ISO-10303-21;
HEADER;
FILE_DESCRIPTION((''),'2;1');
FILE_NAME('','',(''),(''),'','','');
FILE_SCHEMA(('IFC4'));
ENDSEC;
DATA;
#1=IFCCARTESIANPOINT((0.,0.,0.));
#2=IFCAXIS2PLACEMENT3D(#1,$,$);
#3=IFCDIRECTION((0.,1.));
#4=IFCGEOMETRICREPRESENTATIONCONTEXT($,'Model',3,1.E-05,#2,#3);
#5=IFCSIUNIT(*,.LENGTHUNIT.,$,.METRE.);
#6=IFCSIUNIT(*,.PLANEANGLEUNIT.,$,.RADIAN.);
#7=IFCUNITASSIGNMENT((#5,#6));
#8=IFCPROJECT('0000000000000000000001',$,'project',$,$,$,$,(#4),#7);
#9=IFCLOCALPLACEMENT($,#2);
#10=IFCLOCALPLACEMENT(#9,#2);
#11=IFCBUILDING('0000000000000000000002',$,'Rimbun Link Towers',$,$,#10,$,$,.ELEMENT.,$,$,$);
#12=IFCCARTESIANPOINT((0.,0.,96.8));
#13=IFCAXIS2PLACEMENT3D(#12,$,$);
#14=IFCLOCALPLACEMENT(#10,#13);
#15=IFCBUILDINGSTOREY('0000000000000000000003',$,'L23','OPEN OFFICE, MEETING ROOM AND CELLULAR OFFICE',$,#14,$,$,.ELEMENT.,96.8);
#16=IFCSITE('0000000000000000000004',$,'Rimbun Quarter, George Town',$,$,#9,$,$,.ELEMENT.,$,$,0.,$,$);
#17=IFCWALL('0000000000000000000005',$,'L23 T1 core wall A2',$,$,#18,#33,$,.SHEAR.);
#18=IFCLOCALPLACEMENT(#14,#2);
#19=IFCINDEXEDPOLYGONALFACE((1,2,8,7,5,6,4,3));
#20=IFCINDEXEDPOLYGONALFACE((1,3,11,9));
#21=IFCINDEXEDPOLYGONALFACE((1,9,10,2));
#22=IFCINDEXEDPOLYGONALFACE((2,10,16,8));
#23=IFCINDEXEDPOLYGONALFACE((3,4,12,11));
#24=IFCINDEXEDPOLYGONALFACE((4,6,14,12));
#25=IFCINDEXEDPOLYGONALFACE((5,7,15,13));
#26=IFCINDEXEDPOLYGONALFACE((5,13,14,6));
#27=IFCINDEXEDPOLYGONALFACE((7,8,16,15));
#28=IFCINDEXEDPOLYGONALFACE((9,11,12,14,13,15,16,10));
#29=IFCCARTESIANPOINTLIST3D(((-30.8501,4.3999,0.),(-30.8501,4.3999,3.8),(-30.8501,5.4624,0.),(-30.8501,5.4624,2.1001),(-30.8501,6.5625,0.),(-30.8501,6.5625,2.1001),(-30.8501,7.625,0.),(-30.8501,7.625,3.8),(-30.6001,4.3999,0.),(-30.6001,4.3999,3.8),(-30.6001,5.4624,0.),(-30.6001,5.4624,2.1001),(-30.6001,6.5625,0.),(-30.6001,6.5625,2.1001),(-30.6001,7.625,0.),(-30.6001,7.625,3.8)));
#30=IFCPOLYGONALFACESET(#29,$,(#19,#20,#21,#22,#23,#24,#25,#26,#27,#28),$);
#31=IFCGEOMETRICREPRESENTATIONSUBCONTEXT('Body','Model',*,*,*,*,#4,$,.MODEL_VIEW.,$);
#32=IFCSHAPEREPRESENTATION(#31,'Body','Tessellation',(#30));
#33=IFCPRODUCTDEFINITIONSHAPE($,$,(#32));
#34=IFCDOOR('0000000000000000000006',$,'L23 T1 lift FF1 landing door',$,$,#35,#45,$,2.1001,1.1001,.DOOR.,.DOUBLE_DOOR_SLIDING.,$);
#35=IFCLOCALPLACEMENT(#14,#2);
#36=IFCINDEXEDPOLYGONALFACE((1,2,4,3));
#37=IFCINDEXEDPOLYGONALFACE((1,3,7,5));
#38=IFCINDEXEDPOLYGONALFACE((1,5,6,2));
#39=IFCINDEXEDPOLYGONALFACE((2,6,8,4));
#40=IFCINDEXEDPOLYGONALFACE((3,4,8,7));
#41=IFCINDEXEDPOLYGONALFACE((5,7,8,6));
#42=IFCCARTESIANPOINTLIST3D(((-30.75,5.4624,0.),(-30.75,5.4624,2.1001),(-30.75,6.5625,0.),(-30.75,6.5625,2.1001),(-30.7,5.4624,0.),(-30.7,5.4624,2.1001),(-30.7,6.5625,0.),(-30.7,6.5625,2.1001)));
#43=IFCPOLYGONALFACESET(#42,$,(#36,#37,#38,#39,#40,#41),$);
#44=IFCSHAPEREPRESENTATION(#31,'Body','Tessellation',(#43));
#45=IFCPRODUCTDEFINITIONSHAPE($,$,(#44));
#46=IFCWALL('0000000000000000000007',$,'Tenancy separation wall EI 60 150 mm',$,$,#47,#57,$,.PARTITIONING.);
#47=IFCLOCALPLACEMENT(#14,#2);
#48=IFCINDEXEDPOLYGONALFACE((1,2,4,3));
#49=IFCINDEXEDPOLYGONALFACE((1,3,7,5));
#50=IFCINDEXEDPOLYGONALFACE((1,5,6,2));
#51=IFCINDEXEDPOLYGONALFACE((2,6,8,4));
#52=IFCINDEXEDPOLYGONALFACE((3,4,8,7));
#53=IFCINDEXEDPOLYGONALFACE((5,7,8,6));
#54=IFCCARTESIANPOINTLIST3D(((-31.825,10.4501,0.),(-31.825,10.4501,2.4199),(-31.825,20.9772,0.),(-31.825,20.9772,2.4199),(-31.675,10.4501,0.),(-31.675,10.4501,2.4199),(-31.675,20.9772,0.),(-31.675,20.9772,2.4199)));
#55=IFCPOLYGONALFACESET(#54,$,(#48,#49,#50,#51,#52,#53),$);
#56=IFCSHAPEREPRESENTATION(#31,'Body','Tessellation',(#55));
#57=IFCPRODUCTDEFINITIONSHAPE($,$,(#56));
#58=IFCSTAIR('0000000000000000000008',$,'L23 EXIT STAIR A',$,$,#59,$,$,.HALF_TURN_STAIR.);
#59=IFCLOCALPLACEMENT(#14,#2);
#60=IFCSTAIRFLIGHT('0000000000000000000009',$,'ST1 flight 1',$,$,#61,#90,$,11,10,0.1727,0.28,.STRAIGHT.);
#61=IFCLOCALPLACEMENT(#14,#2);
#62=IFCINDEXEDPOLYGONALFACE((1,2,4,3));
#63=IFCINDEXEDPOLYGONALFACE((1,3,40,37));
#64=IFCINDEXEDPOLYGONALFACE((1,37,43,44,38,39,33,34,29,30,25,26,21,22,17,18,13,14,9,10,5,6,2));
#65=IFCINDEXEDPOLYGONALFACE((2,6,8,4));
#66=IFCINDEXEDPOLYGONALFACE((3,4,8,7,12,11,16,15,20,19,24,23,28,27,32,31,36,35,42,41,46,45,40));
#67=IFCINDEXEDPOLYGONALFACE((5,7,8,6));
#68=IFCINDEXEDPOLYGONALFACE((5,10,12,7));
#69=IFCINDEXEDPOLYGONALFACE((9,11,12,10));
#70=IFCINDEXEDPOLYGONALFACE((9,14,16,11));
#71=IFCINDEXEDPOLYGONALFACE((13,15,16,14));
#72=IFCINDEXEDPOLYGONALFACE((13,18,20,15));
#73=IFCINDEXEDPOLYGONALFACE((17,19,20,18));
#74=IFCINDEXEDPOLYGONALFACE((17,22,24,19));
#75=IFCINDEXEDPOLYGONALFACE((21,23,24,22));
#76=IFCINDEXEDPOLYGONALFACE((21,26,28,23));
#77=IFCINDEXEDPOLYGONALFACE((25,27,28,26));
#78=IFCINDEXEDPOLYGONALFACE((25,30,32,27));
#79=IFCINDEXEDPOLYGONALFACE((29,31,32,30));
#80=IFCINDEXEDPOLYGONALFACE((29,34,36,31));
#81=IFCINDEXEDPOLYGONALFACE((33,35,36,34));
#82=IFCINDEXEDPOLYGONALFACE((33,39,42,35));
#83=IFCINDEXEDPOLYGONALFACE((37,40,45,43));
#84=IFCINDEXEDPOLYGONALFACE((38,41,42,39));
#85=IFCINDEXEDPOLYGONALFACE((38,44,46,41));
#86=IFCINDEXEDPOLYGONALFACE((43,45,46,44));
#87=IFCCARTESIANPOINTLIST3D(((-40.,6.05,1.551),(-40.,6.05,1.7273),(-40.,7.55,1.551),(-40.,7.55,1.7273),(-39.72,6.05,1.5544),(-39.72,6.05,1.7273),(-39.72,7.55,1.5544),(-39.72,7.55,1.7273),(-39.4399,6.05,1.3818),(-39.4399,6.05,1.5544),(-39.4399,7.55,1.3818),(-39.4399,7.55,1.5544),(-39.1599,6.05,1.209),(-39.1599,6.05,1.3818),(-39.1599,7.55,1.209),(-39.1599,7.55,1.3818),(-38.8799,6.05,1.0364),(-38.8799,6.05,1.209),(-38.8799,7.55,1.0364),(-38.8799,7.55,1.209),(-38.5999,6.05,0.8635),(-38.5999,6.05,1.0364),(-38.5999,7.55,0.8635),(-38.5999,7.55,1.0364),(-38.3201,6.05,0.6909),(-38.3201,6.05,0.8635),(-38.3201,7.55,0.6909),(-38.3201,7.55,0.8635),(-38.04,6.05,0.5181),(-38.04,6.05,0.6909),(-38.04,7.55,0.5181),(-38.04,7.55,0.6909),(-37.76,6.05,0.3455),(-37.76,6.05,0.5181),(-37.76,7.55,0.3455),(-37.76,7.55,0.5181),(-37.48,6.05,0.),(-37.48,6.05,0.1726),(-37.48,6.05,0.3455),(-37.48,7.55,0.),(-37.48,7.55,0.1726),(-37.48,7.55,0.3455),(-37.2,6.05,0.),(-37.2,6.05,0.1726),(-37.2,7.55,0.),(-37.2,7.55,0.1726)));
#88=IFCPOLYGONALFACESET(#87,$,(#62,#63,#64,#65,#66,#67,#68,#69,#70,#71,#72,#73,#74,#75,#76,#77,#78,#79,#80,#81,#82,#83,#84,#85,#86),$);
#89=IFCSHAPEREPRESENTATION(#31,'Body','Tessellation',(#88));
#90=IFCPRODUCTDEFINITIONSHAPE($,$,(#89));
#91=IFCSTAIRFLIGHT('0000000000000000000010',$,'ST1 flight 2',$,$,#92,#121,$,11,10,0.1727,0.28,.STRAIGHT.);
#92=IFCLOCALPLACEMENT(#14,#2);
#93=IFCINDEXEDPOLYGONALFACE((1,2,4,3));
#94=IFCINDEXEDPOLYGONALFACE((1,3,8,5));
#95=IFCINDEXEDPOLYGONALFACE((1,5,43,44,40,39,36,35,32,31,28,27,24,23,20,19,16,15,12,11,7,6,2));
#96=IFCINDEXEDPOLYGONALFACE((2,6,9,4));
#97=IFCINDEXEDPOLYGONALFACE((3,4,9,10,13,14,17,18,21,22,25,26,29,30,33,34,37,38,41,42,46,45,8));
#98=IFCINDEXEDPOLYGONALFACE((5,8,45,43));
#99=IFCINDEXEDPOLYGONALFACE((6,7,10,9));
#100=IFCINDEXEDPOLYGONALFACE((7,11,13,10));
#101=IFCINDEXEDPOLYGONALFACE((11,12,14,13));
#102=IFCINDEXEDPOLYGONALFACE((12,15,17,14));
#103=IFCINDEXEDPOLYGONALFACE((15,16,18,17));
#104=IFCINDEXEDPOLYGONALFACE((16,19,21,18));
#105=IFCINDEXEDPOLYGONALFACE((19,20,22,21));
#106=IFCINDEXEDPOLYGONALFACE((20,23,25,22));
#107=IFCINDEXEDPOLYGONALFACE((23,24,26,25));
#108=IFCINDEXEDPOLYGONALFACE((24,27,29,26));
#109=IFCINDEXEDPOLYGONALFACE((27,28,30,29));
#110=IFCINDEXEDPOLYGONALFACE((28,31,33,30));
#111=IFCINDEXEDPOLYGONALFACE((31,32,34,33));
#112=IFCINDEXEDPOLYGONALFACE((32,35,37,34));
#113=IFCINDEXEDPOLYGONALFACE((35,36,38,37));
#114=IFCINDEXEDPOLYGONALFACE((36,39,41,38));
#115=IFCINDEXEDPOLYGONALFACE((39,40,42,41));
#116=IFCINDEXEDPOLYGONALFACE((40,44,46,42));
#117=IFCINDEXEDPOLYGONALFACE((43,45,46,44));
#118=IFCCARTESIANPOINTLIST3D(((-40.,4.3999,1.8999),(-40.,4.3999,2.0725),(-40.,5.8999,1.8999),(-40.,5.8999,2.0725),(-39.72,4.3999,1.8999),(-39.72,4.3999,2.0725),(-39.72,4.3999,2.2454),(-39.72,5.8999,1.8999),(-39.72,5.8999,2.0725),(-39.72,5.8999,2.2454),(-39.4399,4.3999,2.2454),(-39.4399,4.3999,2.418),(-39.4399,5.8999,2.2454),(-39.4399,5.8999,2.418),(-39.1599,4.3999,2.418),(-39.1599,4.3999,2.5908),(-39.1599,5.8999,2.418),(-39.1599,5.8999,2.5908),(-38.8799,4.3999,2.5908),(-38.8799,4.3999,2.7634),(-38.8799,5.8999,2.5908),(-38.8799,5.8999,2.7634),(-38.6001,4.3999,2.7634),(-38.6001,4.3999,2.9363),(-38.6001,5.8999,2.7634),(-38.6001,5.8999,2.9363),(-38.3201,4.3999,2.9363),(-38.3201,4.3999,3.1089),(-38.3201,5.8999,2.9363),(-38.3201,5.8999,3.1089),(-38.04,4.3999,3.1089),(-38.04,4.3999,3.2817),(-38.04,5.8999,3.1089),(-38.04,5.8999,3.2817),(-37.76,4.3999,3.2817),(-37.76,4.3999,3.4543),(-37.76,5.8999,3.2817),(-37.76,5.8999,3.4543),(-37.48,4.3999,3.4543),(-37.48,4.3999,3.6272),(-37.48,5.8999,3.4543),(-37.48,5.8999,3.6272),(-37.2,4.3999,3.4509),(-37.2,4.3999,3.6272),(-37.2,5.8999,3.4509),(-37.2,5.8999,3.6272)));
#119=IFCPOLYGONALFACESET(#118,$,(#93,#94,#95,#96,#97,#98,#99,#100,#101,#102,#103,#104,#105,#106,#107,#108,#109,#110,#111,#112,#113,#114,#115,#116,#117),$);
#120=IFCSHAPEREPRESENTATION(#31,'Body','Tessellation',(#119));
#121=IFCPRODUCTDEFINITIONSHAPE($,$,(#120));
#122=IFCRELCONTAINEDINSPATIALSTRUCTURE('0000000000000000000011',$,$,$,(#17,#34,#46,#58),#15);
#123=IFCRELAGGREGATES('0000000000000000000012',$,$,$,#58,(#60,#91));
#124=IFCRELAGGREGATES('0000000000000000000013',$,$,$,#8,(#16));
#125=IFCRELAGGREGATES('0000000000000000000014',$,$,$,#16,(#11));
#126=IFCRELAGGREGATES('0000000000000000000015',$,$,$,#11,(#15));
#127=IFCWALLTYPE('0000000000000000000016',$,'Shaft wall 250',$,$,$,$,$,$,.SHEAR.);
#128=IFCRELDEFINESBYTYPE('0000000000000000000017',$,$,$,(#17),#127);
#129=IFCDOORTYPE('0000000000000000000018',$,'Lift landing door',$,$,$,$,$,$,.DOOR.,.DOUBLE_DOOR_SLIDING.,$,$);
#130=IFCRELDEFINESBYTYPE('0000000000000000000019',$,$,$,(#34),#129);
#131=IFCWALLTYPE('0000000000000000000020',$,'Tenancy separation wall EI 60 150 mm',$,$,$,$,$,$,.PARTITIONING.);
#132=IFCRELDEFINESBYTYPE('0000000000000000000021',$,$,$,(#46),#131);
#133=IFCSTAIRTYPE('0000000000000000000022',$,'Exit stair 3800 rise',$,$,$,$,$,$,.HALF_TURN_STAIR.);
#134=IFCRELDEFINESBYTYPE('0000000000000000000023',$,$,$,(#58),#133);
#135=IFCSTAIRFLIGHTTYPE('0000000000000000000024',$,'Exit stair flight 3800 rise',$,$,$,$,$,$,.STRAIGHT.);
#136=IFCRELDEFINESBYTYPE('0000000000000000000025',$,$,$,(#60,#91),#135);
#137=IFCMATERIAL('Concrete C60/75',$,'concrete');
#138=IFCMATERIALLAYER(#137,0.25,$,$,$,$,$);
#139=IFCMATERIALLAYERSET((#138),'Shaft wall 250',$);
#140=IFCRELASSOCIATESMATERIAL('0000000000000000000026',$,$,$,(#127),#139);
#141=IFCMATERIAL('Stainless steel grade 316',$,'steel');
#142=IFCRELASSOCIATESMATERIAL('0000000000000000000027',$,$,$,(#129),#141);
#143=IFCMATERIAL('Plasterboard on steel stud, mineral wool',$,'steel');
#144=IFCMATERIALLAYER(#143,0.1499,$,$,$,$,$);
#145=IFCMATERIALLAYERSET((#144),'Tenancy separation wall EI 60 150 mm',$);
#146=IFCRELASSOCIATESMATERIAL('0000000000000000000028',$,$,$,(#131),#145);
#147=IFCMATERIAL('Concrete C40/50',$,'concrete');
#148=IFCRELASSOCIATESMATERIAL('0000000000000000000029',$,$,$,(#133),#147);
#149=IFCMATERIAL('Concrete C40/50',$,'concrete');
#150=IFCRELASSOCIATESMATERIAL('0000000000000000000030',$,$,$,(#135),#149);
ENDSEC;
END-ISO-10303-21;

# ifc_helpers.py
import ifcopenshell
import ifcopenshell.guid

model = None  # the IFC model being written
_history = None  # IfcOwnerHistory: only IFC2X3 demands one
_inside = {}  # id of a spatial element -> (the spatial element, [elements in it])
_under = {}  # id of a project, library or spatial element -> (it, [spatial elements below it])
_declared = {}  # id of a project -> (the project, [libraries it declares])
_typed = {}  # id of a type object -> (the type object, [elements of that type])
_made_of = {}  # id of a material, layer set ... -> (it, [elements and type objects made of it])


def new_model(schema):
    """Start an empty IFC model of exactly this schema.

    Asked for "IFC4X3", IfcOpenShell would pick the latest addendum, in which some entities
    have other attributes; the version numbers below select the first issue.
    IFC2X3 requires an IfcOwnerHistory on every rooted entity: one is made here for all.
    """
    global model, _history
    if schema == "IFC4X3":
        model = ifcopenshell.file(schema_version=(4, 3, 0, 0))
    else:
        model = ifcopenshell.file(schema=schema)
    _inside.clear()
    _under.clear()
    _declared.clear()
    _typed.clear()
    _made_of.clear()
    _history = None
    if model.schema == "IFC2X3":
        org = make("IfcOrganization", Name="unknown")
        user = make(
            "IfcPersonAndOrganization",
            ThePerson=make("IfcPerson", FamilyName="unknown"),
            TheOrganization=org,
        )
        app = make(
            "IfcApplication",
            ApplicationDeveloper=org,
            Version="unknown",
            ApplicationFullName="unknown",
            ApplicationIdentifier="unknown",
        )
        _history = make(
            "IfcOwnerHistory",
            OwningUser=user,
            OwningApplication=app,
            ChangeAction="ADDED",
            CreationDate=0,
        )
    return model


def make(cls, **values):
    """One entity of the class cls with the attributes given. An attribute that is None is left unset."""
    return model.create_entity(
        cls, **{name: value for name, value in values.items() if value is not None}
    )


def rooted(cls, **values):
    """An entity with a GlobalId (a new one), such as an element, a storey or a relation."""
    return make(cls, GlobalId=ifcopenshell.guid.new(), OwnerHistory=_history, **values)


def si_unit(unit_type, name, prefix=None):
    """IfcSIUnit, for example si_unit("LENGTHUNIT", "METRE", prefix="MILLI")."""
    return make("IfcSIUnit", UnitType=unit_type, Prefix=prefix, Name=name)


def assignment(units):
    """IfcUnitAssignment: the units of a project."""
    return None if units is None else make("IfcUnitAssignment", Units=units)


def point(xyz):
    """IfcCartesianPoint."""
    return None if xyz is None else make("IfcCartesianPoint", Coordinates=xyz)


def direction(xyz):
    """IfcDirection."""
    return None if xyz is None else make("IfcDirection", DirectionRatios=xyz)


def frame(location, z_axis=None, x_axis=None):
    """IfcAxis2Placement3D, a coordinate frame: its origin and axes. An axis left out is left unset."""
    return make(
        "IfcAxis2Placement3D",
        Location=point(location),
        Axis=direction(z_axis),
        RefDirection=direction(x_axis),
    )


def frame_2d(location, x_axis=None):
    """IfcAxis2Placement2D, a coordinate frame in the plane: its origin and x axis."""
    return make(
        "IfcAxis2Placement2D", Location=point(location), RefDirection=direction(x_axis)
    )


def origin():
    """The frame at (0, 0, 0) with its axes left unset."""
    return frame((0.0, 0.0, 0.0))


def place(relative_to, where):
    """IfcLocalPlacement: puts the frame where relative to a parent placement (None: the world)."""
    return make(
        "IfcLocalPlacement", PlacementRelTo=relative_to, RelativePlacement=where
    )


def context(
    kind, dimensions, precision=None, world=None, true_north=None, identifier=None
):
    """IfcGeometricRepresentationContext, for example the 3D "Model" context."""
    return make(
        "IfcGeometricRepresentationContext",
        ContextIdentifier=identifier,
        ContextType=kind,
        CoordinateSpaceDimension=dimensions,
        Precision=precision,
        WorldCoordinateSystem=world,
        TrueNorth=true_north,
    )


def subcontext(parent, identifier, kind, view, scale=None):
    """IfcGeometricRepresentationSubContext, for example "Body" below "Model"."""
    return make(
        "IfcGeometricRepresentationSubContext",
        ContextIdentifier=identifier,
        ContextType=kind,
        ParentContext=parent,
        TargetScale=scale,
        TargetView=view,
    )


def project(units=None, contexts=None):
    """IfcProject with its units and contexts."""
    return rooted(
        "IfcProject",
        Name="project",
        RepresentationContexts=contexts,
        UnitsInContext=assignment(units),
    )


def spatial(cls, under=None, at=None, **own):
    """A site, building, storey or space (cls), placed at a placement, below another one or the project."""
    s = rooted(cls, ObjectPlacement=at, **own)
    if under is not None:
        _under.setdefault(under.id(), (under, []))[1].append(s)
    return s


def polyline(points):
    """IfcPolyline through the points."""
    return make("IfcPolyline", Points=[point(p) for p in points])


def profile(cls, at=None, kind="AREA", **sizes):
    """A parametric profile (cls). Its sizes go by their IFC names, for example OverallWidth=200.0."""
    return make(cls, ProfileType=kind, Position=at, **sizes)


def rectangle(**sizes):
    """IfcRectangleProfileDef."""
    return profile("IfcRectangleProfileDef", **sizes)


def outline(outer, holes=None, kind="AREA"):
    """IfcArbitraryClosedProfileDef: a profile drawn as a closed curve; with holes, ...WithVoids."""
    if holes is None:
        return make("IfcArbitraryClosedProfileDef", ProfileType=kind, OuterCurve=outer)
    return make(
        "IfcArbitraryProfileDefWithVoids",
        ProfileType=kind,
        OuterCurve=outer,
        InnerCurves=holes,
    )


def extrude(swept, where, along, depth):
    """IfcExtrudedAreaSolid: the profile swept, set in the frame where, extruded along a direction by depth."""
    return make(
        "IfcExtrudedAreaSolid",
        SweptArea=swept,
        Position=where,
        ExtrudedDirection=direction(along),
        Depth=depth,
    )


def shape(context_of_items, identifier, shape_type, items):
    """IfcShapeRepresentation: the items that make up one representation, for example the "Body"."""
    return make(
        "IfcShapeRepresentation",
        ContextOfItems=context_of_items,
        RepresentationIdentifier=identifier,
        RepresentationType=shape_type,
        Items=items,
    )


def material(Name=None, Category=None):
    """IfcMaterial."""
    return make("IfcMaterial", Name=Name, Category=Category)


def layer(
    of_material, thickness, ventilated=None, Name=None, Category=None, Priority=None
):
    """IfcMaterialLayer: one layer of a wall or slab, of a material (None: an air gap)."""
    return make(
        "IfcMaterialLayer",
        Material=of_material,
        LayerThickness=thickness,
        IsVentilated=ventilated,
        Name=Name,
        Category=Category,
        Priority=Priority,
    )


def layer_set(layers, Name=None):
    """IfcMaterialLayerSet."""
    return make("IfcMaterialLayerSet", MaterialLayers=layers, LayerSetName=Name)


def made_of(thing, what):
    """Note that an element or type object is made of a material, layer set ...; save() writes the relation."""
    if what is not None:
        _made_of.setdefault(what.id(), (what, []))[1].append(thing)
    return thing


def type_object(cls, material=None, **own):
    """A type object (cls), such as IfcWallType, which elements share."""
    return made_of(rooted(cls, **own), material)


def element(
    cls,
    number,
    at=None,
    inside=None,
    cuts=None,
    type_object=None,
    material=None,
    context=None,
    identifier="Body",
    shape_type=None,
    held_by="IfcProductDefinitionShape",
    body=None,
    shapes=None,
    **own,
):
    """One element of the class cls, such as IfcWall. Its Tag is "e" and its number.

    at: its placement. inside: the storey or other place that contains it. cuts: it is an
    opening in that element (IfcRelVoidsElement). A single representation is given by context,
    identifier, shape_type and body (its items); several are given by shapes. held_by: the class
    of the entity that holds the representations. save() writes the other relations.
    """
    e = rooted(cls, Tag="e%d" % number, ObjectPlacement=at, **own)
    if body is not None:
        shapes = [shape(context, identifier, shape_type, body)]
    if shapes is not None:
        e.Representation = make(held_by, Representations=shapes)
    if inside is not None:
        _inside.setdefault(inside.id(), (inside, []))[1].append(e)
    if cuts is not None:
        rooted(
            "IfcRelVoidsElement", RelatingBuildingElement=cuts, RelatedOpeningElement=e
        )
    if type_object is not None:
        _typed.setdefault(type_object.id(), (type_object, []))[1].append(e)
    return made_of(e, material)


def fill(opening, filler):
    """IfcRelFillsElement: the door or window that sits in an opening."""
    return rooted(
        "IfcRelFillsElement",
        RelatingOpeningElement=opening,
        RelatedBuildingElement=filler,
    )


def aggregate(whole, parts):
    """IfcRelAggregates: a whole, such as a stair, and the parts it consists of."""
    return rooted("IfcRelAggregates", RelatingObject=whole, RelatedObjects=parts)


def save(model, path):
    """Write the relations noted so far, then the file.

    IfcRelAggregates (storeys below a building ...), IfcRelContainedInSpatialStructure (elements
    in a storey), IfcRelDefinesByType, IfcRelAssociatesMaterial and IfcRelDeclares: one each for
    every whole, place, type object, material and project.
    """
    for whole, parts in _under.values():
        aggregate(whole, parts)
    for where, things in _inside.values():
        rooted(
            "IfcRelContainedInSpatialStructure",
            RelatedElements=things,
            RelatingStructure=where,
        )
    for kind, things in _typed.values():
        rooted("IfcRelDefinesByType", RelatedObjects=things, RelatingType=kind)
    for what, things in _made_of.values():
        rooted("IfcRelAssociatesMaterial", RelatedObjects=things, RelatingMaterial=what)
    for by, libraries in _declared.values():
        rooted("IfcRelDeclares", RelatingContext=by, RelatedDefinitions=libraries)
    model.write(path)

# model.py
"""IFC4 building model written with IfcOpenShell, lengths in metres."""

from ifc_helpers import new_model, si_unit, direction, frame, frame_2d, origin, place, context, subcontext, project, spatial, polyline, rectangle, outline, extrude, material, layer, layer_set, type_object, element, fill, aggregate, save


model = new_model("IFC4")

# Units and contexts
model_context = context("Model", 3, precision=1e-05, world=origin(), true_north=direction((0.0, 1.0)))
body_context = subcontext(model_context, "Body", "Model", "MODEL_VIEW")
ifc_project = project(units=[si_unit("LENGTHUNIT", "METRE"), si_unit("PLANEANGLEUNIT", "RADIAN")], contexts=[model_context])

# Site, building, storey
site_placement = place(None, origin())
site = spatial("IfcSite", under=ifc_project, at=site_placement, Name="Rimbun Quarter, George Town", CompositionType="ELEMENT", RefElevation=0.0)
building_placement = place(site_placement, origin())
building = spatial("IfcBuilding", under=site, at=building_placement, Name="Rimbun Link Towers", CompositionType="ELEMENT")
storey_placement = place(building_placement, frame((0.0, 0.0, 96.8)))
storey = spatial("IfcBuildingStorey", under=building, at=storey_placement, Name="L23", Description="OPEN OFFICE, MEETING ROOM AND CELLULAR OFFICE", CompositionType="ELEMENT", Elevation=96.8)

# Wall, opening, door
ifc_material_1 = material(Name="Concrete C60/75", Category="concrete")
ifc_layer_1 = layer(ifc_material_1, 0.25)
ifc_layer_set_1 = layer_set([ifc_layer_1], Name="Shaft wall 250")
wall_type_1 = type_object("IfcWallType", Name="Shaft wall 250", PredefinedType="SHEAR", material=ifc_layer_set_1)
wall_1_placement = place(storey_placement, frame((-30.7251, 4.3999, 0.0), z_axis=(0.0, 0.0, 1.0), x_axis=(0.0, 1.0, 0.0)))
wall_1 = element("IfcWall", 1, at=wall_1_placement, inside=storey, type_object=wall_type_1, Name="L23 T1 core wall A2", PredefinedType="SHEAR", context=body_context, shape_type="SweptSolid", body=[
    extrude(rectangle(XDim=3.2251, YDim=0.25, at=frame_2d((1.6125, 0.0))), origin(), (0.0, 0.0, 1.0), 3.8),
])
opening_1_placement = place(wall_1_placement, frame((1.0625, 0.0, 0.0)))
opening_1 = element("IfcOpeningElement", 2, at=opening_1_placement, cuts=wall_1, PredefinedType="OPENING", context=body_context, shape_type="SweptSolid", body=[
    extrude(rectangle(XDim=1.1001, YDim=2.1001, at=frame_2d((0.55, 1.05))), frame((0.0, 0.135, 0.0), z_axis=(0.0, -1.0, 0.0), x_axis=(1.0, 0.0, 0.0)), (0.0, 0.0, 1.0), 0.27),
])
ifc_material_2 = material(Name="Stainless steel grade 316", Category="steel")
door_type_1 = type_object("IfcDoorType", Name="Lift landing door", OperationType="DOUBLE_DOOR_SLIDING", PredefinedType="DOOR", material=ifc_material_2)
door_1_placement = place(opening_1_placement, origin())
door_1 = element("IfcDoor", 3, at=door_1_placement, inside=storey, type_object=door_type_1, Name="L23 T1 lift FF1 landing door", OperationType="DOUBLE_DOOR_SLIDING", OverallHeight=2.1001, OverallWidth=1.1001, PredefinedType="DOOR", context=body_context, shape_type="SweptSolid", body=[
    extrude(rectangle(XDim=1.1001, YDim=2.1001, at=frame_2d((0.55, 1.05))), frame((0.0, 0.0249, 0.0), z_axis=(0.0, -1.0, 0.0), x_axis=(1.0, 0.0, 0.0)), (0.0, 0.0, 1.0), 0.05),
])
fill(opening_1, door_1)

# Wall
ifc_material_3 = material(Name="Plasterboard on steel stud, mineral wool", Category="steel")
ifc_layer_2 = layer(ifc_material_3, 0.1499)
ifc_layer_set_2 = layer_set([ifc_layer_2], Name="Tenancy separation wall EI 60 150 mm")
wall_type_2 = type_object("IfcWallType", Name="Tenancy separation wall EI 60 150 mm", PredefinedType="PARTITIONING", material=ifc_layer_set_2)
wall_2_placement = place(storey_placement, frame((-31.75, 10.45, 0.0), z_axis=(0.0, 0.0, 1.0), x_axis=(0.0, 1.0, 0.0)))
element("IfcWall", 4, at=wall_2_placement, inside=storey, type_object=wall_type_2, Name="Tenancy separation wall EI 60 150 mm", PredefinedType="PARTITIONING", context=body_context, shape_type="SweptSolid", body=[
    extrude(rectangle(XDim=10.5271, YDim=0.1499, at=frame_2d((5.2637, 0.0))), origin(), (0.0, 0.0, 1.0), 2.4199),
])

# Stair, stair flights
ifc_material_4 = material(Name="Concrete C40/50", Category="concrete")
stair_type = type_object("IfcStairType", Name="Exit stair 3800 rise", PredefinedType="HALF_TURN_STAIR", material=ifc_material_4)
stair_placement = place(storey_placement, origin())
stair = element("IfcStair", 5, at=stair_placement, inside=storey, type_object=stair_type, Name="L23 EXIT STAIR A", PredefinedType="HALF_TURN_STAIR")
ifc_material_5 = material(Name="Concrete C40/50", Category="concrete")
stair_flight_type = type_object("IfcStairFlightType", Name="Exit stair flight 3800 rise", PredefinedType="STRAIGHT", material=ifc_material_5)
stair_flight_1_placement = place(storey_placement, frame((-37.2, 6.8, 0.0), z_axis=(0.0, 0.0, 1.0), x_axis=(-1.0, 0.0, 0.0)))
stair_flight_1 = element("IfcStairFlight", 6, at=stair_flight_1_placement, type_object=stair_flight_type, Name="ST1 flight 1", NumberOfRisers=11, NumberOfTreads=10, PredefinedType="STRAIGHT", RiserHeight=0.1727, TreadLength=0.28, context=body_context, shape_type="SweptSolid", body=[
    extrude(outline(polyline([(0.0, 0.0), (0.0, 0.1726), (0.28, 0.1726), (0.28, 0.3455), (0.5601, 0.3455), (0.5601, 0.5181), (0.8401, 0.5181), (0.8401, 0.6909), (1.1201, 0.6909), (1.1201, 0.8635), (1.3999, 0.8635), (1.3999, 1.0364), (1.6799, 1.0364), (1.6799, 1.209), (1.96, 1.209), (1.96, 1.3818), (2.24, 1.3818), (2.24, 1.5544), (2.52, 1.5544), (2.52, 1.7273), (2.8, 1.7273), (2.8, 1.8999), (2.8, 1.551), (0.28, 0.0), (0.0, 0.0)])), frame((0.0, 0.75, 0.0), z_axis=(0.0, -1.0, 0.0), x_axis=(1.0, 0.0, 0.0)), (0.0, 0.0, 1.0), 1.5),
])
stair_flight_2_placement = place(storey_placement, frame((-40.0, 5.1499, 1.8999), z_axis=(0.0, 0.0, 1.0), x_axis=(1.0, 0.0, 0.0)))
stair_flight_2 = element("IfcStairFlight", 7, at=stair_flight_2_placement, type_object=stair_flight_type, Name="ST1 flight 2", NumberOfRisers=11, NumberOfTreads=10, PredefinedType="STRAIGHT", RiserHeight=0.1727, TreadLength=0.28, context=body_context, shape_type="SweptSolid", body=[
    extrude(outline(polyline([(0.0, 0.0), (0.0, 0.1726), (0.28, 0.1726), (0.28, 0.3455), (0.5601, 0.3455), (0.5601, 0.5181), (0.8401, 0.5181), (0.8401, 0.6909), (1.1201, 0.6909), (1.1201, 0.8635), (1.3999, 0.8635), (1.3999, 1.0364), (1.6799, 1.0364), (1.6799, 1.209), (1.96, 1.209), (1.96, 1.3818), (2.24, 1.3818), (2.24, 1.5544), (2.52, 1.5544), (2.52, 1.7273), (2.8, 1.7273), (2.8, 1.8999), (2.8, 1.551), (0.28, 0.0), (0.0, 0.0)])), frame((0.0, 0.75, 0.0), z_axis=(0.0, -1.0, 0.0), x_axis=(1.0, 0.0, 0.0)), (0.0, 0.0, 1.0), 1.5),
])
aggregate(stair, [stair_flight_1, stair_flight_2])

save(model, "model.ifc")
